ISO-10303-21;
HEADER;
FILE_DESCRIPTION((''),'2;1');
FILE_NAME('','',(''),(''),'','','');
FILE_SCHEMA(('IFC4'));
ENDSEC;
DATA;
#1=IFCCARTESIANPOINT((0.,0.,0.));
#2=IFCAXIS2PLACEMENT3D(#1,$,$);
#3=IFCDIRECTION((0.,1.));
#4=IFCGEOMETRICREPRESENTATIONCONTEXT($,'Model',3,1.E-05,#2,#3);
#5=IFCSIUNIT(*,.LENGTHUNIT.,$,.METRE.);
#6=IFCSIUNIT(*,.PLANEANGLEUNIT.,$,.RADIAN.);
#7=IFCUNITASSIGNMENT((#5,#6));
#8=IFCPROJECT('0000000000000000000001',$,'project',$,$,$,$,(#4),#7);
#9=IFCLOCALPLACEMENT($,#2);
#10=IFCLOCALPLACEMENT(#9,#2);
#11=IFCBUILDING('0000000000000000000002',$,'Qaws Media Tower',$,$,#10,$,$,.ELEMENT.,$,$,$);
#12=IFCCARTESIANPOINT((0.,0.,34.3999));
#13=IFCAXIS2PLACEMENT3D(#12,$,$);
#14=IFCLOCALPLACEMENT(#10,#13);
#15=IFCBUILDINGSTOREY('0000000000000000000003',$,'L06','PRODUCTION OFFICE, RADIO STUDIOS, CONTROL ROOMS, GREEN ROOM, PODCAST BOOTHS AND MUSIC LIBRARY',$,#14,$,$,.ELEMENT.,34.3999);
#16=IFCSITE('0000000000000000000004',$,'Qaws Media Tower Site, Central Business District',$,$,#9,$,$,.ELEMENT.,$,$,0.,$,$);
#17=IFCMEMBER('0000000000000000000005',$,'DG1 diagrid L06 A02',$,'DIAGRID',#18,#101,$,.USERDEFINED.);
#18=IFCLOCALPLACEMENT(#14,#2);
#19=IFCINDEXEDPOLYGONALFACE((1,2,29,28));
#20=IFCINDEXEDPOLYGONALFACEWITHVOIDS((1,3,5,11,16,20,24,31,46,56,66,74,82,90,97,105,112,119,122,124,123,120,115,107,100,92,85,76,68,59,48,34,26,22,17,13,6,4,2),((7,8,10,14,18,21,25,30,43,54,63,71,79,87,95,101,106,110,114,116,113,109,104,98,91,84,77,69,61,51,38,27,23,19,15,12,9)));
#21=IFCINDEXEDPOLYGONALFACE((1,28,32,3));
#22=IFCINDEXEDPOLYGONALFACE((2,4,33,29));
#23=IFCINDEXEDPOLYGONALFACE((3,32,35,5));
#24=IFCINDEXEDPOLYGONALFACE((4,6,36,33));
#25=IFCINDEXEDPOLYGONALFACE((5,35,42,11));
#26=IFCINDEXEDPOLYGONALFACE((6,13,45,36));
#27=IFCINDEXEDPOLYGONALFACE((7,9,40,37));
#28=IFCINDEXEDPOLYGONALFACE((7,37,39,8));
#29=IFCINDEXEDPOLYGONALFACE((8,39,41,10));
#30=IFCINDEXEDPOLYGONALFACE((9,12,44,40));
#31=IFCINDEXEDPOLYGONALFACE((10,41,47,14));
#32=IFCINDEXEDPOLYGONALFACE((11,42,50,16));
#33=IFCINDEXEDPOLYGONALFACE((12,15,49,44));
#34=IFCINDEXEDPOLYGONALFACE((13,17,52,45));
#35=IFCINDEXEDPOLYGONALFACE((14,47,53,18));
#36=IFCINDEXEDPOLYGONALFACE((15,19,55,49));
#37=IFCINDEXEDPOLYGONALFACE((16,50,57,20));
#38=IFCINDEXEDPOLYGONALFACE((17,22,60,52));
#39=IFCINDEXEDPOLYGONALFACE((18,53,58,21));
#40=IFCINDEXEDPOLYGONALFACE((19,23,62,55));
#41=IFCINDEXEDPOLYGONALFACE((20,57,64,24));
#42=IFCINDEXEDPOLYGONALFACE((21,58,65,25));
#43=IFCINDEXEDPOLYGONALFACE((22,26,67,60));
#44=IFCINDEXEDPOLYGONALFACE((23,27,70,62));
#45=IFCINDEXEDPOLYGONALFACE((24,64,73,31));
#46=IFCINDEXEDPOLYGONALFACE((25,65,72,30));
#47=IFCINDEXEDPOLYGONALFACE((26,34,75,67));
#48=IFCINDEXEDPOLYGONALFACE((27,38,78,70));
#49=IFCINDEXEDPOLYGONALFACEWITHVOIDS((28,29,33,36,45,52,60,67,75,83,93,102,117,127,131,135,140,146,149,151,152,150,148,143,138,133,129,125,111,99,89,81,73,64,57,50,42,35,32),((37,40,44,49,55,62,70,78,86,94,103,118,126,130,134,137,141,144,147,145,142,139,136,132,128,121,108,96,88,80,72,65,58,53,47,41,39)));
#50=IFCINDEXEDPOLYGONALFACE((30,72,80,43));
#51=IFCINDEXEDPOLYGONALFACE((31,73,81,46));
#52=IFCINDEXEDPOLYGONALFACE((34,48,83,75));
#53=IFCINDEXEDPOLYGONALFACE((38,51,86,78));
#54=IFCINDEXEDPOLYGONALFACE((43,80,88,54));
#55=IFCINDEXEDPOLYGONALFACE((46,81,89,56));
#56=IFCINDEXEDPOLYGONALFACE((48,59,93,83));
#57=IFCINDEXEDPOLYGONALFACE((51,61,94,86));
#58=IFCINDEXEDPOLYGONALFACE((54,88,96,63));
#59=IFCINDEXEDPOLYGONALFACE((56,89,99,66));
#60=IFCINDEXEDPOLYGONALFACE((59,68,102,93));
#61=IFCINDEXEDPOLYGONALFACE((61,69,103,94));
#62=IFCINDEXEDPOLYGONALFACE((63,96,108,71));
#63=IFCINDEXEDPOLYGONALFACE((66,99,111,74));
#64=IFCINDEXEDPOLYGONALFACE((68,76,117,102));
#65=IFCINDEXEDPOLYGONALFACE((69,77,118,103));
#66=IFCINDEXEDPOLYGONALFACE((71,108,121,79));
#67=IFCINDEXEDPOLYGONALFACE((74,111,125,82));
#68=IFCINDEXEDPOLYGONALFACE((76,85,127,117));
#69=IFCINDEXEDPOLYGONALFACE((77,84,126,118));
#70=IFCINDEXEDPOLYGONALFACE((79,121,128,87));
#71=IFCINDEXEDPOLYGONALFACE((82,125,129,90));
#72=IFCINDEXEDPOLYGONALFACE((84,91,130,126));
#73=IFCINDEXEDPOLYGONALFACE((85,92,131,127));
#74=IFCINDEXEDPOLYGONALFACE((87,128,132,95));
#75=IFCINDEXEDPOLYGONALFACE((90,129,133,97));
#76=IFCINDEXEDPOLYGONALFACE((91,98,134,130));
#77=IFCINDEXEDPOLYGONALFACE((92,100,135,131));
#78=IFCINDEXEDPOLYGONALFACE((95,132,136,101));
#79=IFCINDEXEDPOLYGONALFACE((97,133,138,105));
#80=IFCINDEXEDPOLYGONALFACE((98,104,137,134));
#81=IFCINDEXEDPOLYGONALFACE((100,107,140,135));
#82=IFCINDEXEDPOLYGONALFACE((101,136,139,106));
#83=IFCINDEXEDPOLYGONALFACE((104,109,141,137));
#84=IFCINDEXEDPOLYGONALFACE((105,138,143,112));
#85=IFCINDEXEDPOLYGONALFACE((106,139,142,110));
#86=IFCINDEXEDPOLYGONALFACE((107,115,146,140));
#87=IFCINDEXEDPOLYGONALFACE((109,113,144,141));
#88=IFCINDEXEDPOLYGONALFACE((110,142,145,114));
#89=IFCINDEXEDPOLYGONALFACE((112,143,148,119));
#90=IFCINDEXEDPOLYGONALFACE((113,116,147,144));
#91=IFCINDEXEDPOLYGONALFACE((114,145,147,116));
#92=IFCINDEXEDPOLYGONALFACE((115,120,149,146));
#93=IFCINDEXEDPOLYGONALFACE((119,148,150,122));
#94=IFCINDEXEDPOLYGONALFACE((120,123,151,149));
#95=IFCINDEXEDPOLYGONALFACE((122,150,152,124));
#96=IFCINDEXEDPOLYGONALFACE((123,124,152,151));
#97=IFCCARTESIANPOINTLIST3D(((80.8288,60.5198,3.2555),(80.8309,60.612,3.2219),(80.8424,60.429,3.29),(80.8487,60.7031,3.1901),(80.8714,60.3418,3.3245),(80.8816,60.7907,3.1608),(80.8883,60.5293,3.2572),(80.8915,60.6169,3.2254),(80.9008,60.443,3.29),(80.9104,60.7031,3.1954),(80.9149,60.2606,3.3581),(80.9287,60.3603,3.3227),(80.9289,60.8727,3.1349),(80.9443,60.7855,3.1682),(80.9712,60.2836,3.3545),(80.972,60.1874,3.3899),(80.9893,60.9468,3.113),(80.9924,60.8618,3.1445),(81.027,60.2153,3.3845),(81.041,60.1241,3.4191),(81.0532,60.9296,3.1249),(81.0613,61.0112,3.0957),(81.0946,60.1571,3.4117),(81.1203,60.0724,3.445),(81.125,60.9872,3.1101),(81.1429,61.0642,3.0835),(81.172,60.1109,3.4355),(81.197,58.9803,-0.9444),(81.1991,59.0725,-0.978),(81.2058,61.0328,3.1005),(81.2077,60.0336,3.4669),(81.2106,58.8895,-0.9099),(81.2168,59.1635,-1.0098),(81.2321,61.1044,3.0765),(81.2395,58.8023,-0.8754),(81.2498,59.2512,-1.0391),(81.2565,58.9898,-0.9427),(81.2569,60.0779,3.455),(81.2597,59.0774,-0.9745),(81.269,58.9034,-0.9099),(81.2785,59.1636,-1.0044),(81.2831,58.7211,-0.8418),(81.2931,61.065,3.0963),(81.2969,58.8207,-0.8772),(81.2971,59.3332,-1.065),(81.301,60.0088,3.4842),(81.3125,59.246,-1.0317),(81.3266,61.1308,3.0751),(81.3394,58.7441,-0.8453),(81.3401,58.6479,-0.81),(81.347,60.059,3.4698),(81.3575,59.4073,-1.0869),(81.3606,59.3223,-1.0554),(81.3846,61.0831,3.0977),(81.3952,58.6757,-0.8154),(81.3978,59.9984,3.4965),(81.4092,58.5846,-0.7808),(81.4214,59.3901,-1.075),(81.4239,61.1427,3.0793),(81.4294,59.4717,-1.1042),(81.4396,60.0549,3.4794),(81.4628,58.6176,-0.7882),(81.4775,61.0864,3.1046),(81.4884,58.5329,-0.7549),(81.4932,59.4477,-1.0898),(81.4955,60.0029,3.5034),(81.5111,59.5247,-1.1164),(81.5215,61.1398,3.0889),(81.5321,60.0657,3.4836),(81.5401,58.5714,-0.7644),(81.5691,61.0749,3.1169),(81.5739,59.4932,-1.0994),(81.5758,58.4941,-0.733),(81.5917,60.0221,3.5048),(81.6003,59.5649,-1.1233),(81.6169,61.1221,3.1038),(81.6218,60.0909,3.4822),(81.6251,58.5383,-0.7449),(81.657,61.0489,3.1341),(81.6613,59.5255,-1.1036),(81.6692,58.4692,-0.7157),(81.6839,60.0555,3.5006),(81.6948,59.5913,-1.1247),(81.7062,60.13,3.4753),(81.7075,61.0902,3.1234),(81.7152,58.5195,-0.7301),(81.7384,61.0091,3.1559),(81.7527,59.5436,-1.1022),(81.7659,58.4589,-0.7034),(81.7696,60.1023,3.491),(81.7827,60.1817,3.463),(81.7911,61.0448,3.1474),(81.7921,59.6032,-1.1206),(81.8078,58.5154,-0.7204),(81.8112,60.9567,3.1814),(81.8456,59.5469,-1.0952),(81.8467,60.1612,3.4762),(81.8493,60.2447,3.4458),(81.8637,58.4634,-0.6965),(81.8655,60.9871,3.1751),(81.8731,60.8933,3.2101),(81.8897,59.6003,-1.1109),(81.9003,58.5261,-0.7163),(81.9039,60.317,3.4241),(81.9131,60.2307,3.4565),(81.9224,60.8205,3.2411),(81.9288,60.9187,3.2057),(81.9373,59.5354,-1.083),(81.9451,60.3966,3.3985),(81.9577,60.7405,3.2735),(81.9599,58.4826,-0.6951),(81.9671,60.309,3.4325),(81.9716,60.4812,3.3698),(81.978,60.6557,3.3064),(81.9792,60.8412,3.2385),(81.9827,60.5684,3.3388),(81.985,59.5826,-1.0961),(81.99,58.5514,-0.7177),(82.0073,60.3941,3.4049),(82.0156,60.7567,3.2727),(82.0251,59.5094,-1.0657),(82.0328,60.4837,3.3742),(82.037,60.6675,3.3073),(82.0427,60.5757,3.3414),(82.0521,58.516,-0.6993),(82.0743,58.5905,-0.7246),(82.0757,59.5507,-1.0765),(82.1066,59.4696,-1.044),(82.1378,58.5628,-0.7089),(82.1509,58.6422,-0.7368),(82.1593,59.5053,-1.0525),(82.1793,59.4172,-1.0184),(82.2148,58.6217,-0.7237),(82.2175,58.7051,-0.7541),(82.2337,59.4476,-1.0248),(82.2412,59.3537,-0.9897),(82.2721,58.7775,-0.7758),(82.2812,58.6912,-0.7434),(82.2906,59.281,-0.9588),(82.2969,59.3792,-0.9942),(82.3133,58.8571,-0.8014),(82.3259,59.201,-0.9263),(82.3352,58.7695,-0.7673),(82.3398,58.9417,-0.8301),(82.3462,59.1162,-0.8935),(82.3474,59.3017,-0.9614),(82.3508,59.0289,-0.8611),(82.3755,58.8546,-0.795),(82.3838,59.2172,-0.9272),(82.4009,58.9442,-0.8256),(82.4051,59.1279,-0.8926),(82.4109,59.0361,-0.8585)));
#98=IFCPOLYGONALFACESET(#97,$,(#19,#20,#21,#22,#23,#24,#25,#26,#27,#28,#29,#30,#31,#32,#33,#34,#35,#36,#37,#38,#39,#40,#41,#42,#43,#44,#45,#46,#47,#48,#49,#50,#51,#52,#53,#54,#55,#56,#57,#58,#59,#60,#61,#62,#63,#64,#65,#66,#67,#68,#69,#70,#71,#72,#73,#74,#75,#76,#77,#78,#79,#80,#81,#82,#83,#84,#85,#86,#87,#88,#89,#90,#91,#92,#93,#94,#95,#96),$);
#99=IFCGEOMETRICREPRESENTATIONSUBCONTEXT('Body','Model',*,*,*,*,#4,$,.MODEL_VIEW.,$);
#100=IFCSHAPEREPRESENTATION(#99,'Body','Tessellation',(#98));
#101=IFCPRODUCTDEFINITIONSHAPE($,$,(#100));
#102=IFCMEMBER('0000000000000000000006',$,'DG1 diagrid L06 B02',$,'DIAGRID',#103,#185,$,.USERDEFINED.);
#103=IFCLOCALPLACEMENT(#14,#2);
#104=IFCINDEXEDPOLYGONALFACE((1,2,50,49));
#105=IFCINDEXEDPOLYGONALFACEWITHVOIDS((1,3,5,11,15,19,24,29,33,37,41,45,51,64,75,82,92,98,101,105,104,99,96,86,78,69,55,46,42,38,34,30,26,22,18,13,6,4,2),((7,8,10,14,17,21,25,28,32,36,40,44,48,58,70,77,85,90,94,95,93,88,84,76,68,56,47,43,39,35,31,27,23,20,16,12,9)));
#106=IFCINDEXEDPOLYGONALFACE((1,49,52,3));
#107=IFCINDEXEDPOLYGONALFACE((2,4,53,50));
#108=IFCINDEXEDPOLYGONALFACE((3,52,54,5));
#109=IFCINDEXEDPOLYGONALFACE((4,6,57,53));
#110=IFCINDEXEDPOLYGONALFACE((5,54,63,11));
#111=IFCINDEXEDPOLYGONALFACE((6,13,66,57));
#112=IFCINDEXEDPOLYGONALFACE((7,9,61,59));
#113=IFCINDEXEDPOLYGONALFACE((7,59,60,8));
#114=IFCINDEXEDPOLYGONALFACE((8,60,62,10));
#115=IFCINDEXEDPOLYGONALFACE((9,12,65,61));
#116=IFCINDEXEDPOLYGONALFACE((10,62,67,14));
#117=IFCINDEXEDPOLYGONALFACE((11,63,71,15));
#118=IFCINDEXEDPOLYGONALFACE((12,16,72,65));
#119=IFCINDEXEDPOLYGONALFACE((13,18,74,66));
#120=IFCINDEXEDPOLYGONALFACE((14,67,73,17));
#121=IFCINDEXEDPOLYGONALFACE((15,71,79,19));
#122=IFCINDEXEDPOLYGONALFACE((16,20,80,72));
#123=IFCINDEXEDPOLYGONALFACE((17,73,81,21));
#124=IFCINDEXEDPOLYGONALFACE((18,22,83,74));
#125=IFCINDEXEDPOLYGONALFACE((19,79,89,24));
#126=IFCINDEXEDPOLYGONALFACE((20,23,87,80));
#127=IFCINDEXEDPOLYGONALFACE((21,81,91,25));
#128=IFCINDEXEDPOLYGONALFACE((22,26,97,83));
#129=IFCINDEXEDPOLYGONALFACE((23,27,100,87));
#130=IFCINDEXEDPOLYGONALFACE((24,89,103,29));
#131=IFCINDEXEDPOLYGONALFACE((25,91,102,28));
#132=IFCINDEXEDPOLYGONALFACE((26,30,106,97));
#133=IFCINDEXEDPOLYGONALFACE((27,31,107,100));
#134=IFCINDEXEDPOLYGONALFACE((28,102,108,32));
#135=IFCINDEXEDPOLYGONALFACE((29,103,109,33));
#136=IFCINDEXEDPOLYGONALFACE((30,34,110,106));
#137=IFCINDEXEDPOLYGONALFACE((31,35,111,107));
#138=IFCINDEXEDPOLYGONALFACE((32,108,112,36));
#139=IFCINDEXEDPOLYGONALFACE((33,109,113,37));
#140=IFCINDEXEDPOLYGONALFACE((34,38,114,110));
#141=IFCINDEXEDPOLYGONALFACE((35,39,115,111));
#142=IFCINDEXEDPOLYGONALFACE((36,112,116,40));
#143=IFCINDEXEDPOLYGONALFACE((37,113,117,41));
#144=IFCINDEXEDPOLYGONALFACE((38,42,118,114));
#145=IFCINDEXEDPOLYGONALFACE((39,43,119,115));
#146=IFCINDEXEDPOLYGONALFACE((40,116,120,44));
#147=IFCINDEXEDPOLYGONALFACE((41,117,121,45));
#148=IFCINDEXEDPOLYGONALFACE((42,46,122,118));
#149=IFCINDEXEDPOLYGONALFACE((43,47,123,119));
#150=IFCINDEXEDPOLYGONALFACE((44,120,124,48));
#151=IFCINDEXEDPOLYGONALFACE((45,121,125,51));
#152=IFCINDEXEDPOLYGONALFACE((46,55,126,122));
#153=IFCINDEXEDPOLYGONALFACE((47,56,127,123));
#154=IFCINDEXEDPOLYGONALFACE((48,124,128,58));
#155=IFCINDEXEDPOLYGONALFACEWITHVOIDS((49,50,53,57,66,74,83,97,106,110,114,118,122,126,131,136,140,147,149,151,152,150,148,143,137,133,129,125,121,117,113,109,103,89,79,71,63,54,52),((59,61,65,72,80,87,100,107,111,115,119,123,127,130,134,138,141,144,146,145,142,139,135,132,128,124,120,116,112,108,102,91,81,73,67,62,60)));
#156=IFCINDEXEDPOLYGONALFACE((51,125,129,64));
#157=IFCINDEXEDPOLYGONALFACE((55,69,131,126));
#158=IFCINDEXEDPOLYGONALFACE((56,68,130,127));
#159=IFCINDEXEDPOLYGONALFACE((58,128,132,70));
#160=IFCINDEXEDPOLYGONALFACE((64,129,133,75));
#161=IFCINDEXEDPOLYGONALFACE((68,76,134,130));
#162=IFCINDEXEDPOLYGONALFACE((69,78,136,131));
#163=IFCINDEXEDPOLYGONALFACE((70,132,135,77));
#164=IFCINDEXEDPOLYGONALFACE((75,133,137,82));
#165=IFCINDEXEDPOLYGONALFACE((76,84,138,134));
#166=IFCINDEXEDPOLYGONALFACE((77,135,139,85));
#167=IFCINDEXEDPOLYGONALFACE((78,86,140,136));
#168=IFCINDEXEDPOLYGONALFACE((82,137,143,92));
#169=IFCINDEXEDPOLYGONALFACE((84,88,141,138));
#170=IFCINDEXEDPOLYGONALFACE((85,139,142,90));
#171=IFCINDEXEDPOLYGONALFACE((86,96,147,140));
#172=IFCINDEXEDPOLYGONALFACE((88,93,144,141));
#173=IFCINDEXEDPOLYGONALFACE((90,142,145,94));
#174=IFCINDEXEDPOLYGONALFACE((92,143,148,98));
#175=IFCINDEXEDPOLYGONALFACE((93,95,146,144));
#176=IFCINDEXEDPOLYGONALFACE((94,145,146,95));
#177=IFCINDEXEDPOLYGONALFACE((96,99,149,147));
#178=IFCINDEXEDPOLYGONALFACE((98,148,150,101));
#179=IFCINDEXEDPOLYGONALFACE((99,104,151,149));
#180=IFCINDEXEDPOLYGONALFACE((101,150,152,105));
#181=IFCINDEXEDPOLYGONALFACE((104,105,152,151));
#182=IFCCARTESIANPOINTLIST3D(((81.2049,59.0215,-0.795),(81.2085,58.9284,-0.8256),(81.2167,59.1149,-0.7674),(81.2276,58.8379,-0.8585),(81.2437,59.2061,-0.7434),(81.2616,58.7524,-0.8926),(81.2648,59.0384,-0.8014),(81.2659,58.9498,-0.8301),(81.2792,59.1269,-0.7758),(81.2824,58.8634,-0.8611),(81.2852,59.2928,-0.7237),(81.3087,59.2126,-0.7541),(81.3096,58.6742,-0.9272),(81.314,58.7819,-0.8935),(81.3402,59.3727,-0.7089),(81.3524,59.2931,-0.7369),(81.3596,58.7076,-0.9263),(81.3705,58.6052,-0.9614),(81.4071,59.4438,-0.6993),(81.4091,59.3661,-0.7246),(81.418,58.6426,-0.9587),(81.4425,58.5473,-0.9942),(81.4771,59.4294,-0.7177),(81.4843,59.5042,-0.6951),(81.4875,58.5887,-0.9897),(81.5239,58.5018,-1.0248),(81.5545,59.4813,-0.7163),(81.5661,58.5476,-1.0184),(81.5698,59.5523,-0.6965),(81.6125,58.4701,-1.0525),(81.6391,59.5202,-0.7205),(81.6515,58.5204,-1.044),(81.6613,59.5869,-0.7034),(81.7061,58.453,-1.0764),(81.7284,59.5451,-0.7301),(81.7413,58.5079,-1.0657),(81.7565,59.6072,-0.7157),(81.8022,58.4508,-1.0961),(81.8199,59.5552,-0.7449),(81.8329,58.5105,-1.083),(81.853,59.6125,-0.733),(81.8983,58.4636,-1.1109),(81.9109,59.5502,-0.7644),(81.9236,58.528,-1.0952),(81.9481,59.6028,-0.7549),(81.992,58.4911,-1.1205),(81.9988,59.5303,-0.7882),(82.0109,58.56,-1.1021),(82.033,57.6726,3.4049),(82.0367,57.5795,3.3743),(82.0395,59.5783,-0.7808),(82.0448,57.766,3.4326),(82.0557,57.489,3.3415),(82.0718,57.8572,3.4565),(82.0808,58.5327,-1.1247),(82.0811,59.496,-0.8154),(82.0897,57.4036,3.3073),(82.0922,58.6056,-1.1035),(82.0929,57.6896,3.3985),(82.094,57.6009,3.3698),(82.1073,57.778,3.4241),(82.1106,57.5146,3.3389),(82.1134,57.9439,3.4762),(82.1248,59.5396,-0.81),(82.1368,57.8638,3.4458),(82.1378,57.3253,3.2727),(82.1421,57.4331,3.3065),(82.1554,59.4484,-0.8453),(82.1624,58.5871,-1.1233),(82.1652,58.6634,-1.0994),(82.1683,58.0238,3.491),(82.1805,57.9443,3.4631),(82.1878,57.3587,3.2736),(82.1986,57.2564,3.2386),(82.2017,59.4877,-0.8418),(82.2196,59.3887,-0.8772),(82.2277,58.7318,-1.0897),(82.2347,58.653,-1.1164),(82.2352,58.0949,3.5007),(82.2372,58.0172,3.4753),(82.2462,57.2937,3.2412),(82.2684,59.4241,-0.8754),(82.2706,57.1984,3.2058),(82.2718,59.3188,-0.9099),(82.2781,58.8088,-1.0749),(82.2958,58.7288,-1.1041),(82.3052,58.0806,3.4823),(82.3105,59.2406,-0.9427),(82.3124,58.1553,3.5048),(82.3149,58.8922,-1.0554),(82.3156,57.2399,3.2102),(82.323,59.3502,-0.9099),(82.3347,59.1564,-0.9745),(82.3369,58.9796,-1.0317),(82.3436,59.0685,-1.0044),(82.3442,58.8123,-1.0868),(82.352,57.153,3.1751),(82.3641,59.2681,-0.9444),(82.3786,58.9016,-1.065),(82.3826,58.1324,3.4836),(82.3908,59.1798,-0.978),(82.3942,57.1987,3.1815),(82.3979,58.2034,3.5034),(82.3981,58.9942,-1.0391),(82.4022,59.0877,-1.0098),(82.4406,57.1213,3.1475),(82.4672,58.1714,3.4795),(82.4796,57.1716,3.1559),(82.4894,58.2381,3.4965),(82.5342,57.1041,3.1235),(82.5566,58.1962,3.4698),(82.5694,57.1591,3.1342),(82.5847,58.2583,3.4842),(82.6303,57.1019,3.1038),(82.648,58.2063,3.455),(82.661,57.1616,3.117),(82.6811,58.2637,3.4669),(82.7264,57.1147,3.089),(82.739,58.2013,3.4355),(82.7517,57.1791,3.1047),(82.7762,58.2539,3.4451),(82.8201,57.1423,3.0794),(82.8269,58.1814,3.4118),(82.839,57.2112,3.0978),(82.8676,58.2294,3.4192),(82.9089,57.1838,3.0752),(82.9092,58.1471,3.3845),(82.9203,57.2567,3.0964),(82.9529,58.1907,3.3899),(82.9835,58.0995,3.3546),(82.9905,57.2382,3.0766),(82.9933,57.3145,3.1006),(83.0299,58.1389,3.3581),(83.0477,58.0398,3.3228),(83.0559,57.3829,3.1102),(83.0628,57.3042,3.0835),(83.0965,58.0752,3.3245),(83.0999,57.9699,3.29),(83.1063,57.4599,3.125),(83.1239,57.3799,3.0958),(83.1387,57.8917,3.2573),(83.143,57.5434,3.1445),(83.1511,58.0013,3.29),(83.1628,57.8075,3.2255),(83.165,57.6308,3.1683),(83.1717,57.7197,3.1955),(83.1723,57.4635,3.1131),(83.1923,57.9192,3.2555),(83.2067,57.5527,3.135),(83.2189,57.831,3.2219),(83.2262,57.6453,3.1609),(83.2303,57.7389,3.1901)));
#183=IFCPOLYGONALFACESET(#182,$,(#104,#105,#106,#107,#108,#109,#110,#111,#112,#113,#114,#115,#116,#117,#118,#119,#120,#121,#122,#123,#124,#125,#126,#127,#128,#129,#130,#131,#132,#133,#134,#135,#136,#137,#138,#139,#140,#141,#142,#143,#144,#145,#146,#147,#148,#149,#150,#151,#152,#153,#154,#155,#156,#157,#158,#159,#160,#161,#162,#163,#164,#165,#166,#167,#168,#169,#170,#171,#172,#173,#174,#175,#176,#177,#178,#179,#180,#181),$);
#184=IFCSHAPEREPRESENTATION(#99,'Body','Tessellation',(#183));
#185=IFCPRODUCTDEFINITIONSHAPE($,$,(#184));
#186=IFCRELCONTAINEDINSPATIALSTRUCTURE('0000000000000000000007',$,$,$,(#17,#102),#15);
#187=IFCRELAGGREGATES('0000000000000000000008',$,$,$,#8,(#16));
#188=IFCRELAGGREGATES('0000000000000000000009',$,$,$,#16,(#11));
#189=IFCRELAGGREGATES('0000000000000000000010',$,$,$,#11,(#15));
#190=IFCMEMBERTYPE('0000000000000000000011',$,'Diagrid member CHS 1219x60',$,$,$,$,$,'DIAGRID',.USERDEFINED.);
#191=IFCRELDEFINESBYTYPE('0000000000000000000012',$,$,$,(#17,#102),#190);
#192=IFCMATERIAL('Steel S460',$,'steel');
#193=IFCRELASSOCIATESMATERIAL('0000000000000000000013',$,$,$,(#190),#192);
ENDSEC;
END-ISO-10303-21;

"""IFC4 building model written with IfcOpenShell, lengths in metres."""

from ifc_helpers import new_model, si_unit, direction, frame, origin, origin_2d, place, context, subcontext, project, spatial, hollow_circle, extrude, material, material_profile, profile_set, type_object, element, save


model = new_model("IFC4")

# Units and contexts
model_context = context("Model", 3, precision=1e-05, world=origin(), true_north=direction((0.0, 1.0)))
body_context = subcontext(model_context, "Body", "Model", "MODEL_VIEW")
ifc_project = project(units=[si_unit("LENGTHUNIT", "METRE"), si_unit("PLANEANGLEUNIT", "RADIAN")], contexts=[model_context])

# Site, building, storey
site_placement = place(None, origin())
site = spatial("IfcSite", under=ifc_project, at=site_placement, Name="Qaws Media Tower Site, Central Business District", CompositionType="ELEMENT", RefElevation=0.0)
building_placement = place(site_placement, origin())
building = spatial("IfcBuilding", under=site, at=building_placement, Name="Qaws Media Tower", CompositionType="ELEMENT")
storey_placement = place(building_placement, frame((0.0, 0.0, 34.3999)))
storey = spatial("IfcBuildingStorey", under=building, at=storey_placement, Name="L06", Description="PRODUCTION OFFICE, RADIO STUDIOS, CONTROL ROOMS, GREEN ROOM, PODCAST BOOTHS AND MUSIC LIBRARY", CompositionType="ELEMENT", Elevation=34.3999)

# Members
ifc_material_1 = material(Name="Steel S460", Category="steel")
ifc_material_profile_1 = material_profile(ifc_material_1, hollow_circle(Radius=0.6096, WallThickness=0.0601, at=origin_2d()), Name="CHS 1219x60")
ifc_profile_set_1 = profile_set([ifc_material_profile_1], Name="Steel S460")
member_type_1 = type_object("IfcMemberType", Name="Diagrid member CHS 1219x60", ElementType="DIAGRID", PredefinedType="USERDEFINED", material=ifc_profile_set_1)
for number, where, z_axis, x_axis, name in (
    (1, (81.8035, 59.0312, -0.9099), (-0.082026, 0.34301, 0.935744), (-0.972577, -0.23258, 0.0), "DG1 diagrid L06 A02"),
    (2, (81.8035, 59.0312, -0.9099), (0.184507, -0.300532, 0.935755), (0.852209, 0.523202, 0.0), "DG1 diagrid L06 B02"),
):
    element("IfcMember", number, at=place(storey_placement, frame(where, z_axis=z_axis, x_axis=x_axis)), inside=storey, type_object=member_type_1, Name=name, ObjectType="DIAGRID", PredefinedType="USERDEFINED", context=body_context, shape_type="SweptSolid", body=[
        extrude(hollow_circle(Radius=0.6096, WallThickness=0.0601, at=origin_2d()), origin(), (0.0, 0.0, 1.0), 4.4883),
    ])

save(model, "model.ifc")
